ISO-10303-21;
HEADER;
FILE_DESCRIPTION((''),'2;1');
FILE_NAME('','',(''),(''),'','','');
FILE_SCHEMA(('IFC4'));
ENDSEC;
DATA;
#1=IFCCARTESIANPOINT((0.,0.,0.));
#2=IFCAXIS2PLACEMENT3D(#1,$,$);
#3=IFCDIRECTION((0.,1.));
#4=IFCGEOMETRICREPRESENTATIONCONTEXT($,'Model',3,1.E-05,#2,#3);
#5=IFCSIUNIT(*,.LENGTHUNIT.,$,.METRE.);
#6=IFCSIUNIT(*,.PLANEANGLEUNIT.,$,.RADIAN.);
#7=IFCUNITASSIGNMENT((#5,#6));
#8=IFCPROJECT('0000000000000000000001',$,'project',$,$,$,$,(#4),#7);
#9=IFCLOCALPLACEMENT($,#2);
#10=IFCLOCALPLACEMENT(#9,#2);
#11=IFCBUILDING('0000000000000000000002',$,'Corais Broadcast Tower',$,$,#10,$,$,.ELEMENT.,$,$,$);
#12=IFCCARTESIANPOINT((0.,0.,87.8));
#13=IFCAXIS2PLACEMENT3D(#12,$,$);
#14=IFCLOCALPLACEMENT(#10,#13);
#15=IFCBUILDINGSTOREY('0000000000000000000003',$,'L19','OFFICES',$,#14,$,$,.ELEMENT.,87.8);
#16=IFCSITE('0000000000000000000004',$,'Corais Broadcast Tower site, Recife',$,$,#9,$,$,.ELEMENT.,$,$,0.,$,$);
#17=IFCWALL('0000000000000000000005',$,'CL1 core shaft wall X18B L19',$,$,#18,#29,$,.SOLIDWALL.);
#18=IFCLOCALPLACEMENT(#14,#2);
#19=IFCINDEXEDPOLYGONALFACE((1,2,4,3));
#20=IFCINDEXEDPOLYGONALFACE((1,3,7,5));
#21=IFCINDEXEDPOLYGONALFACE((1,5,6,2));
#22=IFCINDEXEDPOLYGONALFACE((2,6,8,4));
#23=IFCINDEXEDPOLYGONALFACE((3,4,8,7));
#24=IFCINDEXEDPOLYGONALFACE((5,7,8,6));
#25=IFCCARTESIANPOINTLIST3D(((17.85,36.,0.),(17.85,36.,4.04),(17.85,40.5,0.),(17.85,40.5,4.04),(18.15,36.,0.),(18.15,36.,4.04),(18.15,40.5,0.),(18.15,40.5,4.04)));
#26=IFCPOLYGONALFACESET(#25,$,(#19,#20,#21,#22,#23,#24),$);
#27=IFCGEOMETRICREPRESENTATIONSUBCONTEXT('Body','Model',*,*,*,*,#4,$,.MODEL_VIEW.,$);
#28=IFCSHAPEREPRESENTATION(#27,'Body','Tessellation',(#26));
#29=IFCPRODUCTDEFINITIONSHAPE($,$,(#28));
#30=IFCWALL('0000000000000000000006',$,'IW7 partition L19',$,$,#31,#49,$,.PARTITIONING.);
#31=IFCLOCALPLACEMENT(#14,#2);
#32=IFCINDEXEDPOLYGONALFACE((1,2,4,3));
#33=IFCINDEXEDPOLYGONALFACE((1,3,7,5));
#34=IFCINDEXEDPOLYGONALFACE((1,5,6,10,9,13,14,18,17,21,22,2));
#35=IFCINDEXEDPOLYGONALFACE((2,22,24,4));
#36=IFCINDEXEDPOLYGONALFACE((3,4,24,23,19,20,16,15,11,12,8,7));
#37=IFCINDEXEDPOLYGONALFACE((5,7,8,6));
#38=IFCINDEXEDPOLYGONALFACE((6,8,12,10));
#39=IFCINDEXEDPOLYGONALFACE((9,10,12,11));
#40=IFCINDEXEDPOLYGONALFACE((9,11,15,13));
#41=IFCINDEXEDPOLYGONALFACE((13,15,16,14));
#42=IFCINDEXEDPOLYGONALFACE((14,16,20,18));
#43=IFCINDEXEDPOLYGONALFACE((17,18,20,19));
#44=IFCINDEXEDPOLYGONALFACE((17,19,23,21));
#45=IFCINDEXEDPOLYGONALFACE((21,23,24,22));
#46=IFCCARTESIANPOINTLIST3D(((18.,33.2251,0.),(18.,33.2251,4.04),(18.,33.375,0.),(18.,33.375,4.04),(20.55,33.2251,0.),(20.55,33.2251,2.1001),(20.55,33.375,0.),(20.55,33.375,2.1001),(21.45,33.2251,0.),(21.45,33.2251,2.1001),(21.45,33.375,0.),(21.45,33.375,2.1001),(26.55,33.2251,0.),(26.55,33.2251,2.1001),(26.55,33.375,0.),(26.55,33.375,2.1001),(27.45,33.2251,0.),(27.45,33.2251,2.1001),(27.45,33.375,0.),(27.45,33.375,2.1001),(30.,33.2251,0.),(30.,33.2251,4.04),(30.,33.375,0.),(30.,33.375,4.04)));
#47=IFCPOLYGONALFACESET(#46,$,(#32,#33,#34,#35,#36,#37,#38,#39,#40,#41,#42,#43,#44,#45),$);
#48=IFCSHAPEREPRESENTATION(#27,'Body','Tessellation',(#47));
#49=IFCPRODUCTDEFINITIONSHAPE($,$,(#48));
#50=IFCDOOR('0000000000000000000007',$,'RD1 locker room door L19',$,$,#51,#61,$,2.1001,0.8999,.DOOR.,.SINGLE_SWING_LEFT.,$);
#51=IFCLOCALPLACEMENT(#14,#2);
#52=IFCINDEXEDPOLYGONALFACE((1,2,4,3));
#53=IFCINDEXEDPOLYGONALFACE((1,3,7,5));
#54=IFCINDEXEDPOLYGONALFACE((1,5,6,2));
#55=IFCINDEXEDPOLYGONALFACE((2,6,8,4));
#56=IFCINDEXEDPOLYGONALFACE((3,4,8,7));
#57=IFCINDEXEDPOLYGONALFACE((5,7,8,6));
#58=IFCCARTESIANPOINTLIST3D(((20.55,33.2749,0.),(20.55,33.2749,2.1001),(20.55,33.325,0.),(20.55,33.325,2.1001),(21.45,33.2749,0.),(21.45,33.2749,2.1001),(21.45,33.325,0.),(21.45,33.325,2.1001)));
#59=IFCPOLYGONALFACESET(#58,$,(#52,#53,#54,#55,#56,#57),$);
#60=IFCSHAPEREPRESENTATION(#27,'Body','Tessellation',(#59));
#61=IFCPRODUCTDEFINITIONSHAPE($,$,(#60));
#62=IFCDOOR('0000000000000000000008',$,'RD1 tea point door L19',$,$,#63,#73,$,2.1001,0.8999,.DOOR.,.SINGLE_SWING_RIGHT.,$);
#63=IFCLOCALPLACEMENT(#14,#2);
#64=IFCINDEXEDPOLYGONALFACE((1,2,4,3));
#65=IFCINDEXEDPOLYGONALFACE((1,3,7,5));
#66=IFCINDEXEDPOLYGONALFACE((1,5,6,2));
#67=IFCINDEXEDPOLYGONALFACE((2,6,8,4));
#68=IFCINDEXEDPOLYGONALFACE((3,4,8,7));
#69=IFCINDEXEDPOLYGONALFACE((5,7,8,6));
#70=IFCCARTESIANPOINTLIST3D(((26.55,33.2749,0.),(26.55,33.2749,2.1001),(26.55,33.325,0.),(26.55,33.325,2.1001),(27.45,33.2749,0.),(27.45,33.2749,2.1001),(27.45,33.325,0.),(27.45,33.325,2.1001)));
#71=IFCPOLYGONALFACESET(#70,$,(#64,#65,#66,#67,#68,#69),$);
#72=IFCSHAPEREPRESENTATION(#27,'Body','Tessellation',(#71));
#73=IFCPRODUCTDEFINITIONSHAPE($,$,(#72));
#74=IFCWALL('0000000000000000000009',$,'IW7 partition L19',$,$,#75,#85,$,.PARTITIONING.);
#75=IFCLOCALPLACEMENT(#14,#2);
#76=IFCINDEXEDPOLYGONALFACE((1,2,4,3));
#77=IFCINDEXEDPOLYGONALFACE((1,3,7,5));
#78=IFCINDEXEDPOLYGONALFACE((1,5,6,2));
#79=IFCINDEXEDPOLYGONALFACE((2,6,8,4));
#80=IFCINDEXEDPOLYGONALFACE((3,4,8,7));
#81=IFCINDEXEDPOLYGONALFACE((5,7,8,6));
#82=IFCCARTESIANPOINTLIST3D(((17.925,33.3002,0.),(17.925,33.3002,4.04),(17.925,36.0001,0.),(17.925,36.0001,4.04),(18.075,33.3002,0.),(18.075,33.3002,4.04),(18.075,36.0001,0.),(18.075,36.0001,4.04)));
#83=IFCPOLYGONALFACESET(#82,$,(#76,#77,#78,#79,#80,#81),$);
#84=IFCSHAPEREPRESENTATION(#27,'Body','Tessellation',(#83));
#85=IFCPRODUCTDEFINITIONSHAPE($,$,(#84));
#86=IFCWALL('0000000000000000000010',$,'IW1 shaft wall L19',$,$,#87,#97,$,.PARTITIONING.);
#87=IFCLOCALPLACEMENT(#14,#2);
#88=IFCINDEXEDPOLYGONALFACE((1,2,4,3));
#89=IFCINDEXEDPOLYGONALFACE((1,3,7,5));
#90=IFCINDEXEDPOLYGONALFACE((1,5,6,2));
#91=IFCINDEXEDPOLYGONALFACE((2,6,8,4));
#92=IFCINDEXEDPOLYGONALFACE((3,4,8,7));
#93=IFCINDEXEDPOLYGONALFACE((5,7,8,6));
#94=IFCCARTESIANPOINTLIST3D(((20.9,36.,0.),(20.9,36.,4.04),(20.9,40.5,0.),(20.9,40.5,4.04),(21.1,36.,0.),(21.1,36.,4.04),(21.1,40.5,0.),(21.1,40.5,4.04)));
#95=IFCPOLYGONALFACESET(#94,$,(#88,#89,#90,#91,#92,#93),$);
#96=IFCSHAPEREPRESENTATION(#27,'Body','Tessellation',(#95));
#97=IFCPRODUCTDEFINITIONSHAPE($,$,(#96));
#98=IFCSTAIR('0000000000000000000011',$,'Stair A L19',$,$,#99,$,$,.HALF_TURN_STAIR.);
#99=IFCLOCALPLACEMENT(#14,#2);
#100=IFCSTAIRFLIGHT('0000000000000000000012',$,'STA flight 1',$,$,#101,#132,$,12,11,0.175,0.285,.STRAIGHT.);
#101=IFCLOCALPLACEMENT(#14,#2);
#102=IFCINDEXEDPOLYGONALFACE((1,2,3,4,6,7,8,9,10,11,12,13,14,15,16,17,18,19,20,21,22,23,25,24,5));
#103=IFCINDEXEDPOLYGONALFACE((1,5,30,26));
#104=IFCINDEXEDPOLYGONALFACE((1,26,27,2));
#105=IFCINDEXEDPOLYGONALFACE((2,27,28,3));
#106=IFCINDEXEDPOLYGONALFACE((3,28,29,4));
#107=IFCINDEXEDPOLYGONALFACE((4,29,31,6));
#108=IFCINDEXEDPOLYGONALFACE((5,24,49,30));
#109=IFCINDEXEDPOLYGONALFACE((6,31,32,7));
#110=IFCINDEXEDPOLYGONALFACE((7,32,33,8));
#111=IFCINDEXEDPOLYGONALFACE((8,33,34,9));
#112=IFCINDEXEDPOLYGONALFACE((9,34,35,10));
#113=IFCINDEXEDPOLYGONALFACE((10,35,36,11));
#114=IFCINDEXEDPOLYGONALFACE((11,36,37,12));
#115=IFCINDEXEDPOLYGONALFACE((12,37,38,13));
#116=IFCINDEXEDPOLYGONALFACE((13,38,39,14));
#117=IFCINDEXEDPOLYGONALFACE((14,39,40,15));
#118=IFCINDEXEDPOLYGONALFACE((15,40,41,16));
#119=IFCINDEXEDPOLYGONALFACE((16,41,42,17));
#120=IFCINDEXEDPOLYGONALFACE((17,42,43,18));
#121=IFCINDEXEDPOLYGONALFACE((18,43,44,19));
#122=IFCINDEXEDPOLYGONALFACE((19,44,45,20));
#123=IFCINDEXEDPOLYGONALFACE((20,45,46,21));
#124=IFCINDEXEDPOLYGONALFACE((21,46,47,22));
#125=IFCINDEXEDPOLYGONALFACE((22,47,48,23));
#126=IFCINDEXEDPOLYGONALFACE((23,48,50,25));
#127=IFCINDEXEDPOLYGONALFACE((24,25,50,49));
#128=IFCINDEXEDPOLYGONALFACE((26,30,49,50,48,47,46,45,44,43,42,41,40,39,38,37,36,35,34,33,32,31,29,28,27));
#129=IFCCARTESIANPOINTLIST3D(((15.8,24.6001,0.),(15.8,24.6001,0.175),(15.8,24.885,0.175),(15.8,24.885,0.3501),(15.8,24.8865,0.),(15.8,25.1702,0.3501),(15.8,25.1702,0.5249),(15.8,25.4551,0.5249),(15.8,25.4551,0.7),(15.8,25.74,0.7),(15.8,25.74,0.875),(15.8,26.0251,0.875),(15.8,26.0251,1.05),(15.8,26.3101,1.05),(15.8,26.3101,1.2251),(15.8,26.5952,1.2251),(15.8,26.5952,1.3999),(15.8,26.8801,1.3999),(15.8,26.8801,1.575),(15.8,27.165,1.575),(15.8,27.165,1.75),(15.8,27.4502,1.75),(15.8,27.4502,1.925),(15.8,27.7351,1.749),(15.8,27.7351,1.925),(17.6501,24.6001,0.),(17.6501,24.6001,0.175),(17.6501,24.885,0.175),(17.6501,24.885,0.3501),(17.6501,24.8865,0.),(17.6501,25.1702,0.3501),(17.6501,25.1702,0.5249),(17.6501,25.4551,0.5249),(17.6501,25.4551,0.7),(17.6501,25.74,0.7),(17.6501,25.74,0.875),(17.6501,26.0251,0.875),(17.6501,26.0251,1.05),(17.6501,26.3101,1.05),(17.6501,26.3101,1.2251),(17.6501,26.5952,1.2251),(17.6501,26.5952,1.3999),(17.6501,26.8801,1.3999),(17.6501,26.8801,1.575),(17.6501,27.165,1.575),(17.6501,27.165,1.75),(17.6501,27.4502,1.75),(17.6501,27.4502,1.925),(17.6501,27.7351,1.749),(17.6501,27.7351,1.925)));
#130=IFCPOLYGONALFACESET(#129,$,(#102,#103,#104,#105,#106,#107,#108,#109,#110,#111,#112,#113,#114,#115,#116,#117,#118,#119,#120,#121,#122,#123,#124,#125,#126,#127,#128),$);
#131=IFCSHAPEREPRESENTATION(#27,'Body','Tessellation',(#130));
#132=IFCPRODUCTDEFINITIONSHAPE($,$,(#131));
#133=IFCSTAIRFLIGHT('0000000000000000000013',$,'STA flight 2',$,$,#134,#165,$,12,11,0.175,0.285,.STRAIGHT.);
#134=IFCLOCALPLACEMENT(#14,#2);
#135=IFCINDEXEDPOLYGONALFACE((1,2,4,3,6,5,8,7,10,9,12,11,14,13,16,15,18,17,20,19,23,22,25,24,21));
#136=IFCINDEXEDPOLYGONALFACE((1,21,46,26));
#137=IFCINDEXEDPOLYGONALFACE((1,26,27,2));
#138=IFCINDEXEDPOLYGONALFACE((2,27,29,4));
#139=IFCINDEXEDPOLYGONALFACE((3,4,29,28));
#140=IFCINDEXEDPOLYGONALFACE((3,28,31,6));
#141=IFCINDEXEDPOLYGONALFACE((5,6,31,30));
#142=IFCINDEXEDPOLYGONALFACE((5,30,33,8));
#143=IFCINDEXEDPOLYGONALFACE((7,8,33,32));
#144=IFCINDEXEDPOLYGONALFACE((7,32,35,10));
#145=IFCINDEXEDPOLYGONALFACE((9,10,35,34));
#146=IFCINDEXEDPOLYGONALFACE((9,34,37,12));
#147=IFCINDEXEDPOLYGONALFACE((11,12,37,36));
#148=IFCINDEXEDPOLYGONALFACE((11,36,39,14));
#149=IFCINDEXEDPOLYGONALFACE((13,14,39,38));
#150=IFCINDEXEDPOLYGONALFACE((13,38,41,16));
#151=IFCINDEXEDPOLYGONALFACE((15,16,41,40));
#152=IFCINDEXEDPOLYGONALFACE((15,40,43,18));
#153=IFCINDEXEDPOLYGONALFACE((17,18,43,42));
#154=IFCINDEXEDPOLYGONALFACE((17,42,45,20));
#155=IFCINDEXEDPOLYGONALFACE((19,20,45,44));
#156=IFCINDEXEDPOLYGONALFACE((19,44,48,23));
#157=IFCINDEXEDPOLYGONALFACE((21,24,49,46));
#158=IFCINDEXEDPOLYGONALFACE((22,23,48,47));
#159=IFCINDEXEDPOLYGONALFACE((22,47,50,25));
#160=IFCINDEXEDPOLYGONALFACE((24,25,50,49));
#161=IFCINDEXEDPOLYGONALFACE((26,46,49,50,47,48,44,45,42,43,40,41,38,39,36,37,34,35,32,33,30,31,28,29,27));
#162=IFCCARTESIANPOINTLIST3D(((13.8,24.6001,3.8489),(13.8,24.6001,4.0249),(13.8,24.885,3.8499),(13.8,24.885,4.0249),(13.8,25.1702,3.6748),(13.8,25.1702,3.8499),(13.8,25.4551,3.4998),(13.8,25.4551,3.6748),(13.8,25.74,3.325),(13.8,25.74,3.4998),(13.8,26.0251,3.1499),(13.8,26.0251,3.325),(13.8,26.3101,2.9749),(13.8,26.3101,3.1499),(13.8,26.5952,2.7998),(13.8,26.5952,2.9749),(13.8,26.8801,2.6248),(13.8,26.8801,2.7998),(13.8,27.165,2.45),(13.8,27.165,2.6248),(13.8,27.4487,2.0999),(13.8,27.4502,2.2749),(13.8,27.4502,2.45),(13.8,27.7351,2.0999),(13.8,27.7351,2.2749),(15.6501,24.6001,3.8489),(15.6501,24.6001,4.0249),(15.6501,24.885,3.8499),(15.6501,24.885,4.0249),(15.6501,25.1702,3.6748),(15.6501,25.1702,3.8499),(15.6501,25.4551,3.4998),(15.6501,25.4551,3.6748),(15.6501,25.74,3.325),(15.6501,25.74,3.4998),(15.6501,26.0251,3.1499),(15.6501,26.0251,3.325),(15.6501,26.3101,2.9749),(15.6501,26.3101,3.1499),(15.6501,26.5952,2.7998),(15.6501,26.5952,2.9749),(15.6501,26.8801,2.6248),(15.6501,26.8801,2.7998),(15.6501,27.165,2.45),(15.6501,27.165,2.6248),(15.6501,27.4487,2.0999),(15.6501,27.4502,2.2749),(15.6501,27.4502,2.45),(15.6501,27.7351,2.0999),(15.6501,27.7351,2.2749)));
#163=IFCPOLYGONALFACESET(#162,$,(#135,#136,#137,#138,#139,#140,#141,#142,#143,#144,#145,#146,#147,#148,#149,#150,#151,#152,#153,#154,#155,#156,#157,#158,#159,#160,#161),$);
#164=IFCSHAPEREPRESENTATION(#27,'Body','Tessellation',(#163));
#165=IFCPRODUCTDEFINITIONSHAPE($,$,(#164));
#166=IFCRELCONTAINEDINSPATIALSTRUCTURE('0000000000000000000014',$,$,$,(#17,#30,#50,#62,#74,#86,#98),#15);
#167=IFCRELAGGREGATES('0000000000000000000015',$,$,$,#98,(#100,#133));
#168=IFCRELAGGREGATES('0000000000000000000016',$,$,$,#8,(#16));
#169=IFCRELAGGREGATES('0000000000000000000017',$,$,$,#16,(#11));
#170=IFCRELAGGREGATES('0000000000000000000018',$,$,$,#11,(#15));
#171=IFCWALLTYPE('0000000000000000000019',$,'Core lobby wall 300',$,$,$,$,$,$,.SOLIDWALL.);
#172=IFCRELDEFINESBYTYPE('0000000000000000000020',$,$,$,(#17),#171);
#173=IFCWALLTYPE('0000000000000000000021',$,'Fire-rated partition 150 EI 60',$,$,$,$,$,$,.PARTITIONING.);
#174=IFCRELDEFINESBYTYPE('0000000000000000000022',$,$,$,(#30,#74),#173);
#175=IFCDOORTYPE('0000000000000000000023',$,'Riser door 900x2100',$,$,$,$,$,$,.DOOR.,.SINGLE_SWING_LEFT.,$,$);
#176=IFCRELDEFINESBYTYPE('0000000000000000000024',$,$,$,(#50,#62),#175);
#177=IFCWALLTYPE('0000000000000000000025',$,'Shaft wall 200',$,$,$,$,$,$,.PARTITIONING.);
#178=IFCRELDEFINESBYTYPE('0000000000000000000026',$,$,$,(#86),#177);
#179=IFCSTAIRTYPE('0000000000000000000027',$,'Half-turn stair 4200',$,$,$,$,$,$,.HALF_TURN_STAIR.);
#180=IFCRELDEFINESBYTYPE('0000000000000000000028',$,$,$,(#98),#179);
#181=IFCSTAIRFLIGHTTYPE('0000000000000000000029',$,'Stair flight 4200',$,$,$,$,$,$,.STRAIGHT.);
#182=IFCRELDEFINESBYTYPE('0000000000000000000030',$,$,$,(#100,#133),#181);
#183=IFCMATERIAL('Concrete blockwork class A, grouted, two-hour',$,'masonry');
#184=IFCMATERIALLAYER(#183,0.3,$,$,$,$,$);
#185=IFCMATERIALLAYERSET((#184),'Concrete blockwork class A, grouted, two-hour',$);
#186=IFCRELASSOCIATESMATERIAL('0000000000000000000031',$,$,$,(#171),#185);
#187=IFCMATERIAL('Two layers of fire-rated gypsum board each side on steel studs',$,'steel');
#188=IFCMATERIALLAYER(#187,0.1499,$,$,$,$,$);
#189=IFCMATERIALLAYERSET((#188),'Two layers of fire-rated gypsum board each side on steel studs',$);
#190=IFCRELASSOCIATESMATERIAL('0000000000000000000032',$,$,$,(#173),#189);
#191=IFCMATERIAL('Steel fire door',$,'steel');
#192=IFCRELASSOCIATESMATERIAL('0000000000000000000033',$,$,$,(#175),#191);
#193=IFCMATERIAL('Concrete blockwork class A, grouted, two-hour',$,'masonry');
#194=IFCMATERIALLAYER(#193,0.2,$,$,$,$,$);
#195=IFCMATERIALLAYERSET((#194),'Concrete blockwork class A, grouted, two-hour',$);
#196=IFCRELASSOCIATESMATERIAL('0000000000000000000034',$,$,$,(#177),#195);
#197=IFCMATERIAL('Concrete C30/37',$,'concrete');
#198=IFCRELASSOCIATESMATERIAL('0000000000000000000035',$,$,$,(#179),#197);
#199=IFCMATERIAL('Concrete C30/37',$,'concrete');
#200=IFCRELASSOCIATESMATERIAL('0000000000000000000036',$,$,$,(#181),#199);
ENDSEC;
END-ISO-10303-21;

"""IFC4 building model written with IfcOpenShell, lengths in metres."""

from ifc_helpers import new_model, si_unit, direction, frame, frame_2d, origin, place, context, subcontext, project, spatial, polyline, rectangle, outline, extrude, material, layer, layer_set, type_object, element, fill, aggregate, save


model = new_model("IFC4")

# Units and contexts
model_context = context("Model", 3, precision=1e-05, world=origin(), true_north=direction((0.0, 1.0)))
body_context = subcontext(model_context, "Body", "Model", "MODEL_VIEW")
ifc_project = project(units=[si_unit("LENGTHUNIT", "METRE"), si_unit("PLANEANGLEUNIT", "RADIAN")], contexts=[model_context])

# Site, building, storey
site_placement = place(None, origin())
site = spatial("IfcSite", under=ifc_project, at=site_placement, Name="Corais Broadcast Tower site, Recife", CompositionType="ELEMENT", RefElevation=0.0)
building_placement = place(site_placement, origin())
building = spatial("IfcBuilding", under=site, at=building_placement, Name="Corais Broadcast Tower", CompositionType="ELEMENT")
storey_placement = place(building_placement, frame((0.0, 0.0, 87.8)))
storey = spatial("IfcBuildingStorey", under=building, at=storey_placement, Name="L19", Description="OFFICES", CompositionType="ELEMENT", Elevation=87.8)

# Wall
ifc_material_1 = material(Name="Concrete blockwork class A, grouted, two-hour", Category="masonry")
ifc_layer_1 = layer(ifc_material_1, 0.3)
ifc_layer_set_1 = layer_set([ifc_layer_1], Name="Concrete blockwork class A, grouted, two-hour")
wall_type_1 = type_object("IfcWallType", Name="Core lobby wall 300", PredefinedType="SOLIDWALL", material=ifc_layer_set_1)
wall_1_placement = place(storey_placement, frame((18.0, 36.0, 0.0), z_axis=(0.0, 0.0, 1.0), x_axis=(0.0, 1.0, 0.0)))
element("IfcWall", 1, at=wall_1_placement, inside=storey, type_object=wall_type_1, Name="CL1 core shaft wall X18B L19", PredefinedType="SOLIDWALL", context=body_context, shape_type="SweptSolid", body=[
    extrude(rectangle(XDim=4.5, YDim=0.3, at=frame_2d((2.25, 0.0))), origin(), (0.0, 0.0, 1.0), 4.04),
])

# Wall, openings, doors
ifc_material_2 = material(Name="Two layers of fire-rated gypsum board each side on steel studs", Category="steel")
ifc_layer_2 = layer(ifc_material_2, 0.1499)
ifc_layer_set_2 = layer_set([ifc_layer_2], Name="Two layers of fire-rated gypsum board each side on steel studs")
wall_type_2 = type_object("IfcWallType", Name="Fire-rated partition 150 EI 60", PredefinedType="PARTITIONING", material=ifc_layer_set_2)
wall_2_placement = place(storey_placement, frame((18.0, 33.3, 0.0), z_axis=(0.0, 0.0, 1.0), x_axis=(1.0, 0.0, 0.0)))
wall_2 = element("IfcWall", 2, at=wall_2_placement, inside=storey, type_object=wall_type_2, Name="IW7 partition L19", PredefinedType="PARTITIONING", context=body_context, shape_type="SweptSolid", body=[
    extrude(rectangle(XDim=12.0, YDim=0.1499, at=frame_2d((6.0, 0.0))), origin(), (0.0, 0.0, 1.0), 4.04),
])
opening_1_placement = place(wall_2_placement, frame((2.55, 0.0, 0.0)))
opening_1 = element("IfcOpeningElement", 3, at=opening_1_placement, cuts=wall_2, PredefinedType="OPENING", context=body_context, shape_type="SweptSolid", body=[
    extrude(rectangle(XDim=0.8999, YDim=2.1001, at=frame_2d((0.45, 1.05))), frame((0.0, 0.085, 0.0), z_axis=(0.0, -1.0, 0.0), x_axis=(1.0, 0.0, 0.0)), (0.0, 0.0, 1.0), 0.1699),
])
opening_2_placement = place(wall_2_placement, frame((8.55, 0.0, 0.0)))
opening_2 = element("IfcOpeningElement", 4, at=opening_2_placement, cuts=wall_2, PredefinedType="OPENING", context=body_context, shape_type="SweptSolid", body=[
    extrude(rectangle(XDim=0.8999, YDim=2.1001, at=frame_2d((0.45, 1.05))), frame((0.0, 0.085, 0.0), z_axis=(0.0, -1.0, 0.0), x_axis=(1.0, 0.0, 0.0)), (0.0, 0.0, 1.0), 0.1699),
])
ifc_material_3 = material(Name="Steel fire door", Category="steel")
door_type = type_object("IfcDoorType", Name="Riser door 900x2100", OperationType="SINGLE_SWING_LEFT", PredefinedType="DOOR", material=ifc_material_3)
door_1_placement = place(opening_1_placement, origin())
door_1 = element("IfcDoor", 5, at=door_1_placement, inside=storey, type_object=door_type, Name="RD1 locker room door L19", OperationType="SINGLE_SWING_LEFT", OverallHeight=2.1001, OverallWidth=0.8999, PredefinedType="DOOR", context=body_context, shape_type="SweptSolid", body=[
    extrude(rectangle(XDim=0.8999, YDim=2.1001, at=frame_2d((0.45, 1.05))), frame((0.0, 0.0249, 0.0), z_axis=(0.0, -1.0, 0.0), x_axis=(1.0, 0.0, 0.0)), (0.0, 0.0, 1.0), 0.05),
])
fill(opening_1, door_1)
door_2_placement = place(opening_2_placement, origin())
door_2 = element("IfcDoor", 6, at=door_2_placement, inside=storey, type_object=door_type, Name="RD1 tea point door L19", OperationType="SINGLE_SWING_RIGHT", OverallHeight=2.1001, OverallWidth=0.8999, PredefinedType="DOOR", context=body_context, shape_type="SweptSolid", body=[
    extrude(rectangle(XDim=0.8999, YDim=2.1001, at=frame_2d((0.45, 1.05))), frame((0.0, 0.0249, 0.0), z_axis=(0.0, -1.0, 0.0), x_axis=(1.0, 0.0, 0.0)), (0.0, 0.0, 1.0), 0.05),
])
fill(opening_2, door_2)

# Walls
wall_3_placement = place(storey_placement, frame((18.0, 33.3, 0.0), z_axis=(0.0, 0.0, 1.0), x_axis=(0.0, 1.0, 0.0)))
element("IfcWall", 7, at=wall_3_placement, inside=storey, type_object=wall_type_2, Name="IW7 partition L19", PredefinedType="PARTITIONING", context=body_context, shape_type="SweptSolid", body=[
    extrude(rectangle(XDim=2.7, YDim=0.1499, at=frame_2d((1.3501, 0.0))), origin(), (0.0, 0.0, 1.0), 4.04),
])
ifc_material_4 = material(Name="Concrete blockwork class A, grouted, two-hour", Category="masonry")
ifc_layer_3 = layer(ifc_material_4, 0.2)
ifc_layer_set_3 = layer_set([ifc_layer_3], Name="Concrete blockwork class A, grouted, two-hour")
wall_type_3 = type_object("IfcWallType", Name="Shaft wall 200", PredefinedType="PARTITIONING", material=ifc_layer_set_3)
wall_4_placement = place(storey_placement, frame((21.0, 36.0, 0.0), z_axis=(0.0, 0.0, 1.0), x_axis=(0.0, 1.0, 0.0)))
element("IfcWall", 8, at=wall_4_placement, inside=storey, type_object=wall_type_3, Name="IW1 shaft wall L19", PredefinedType="PARTITIONING", context=body_context, shape_type="SweptSolid", body=[
    extrude(rectangle(XDim=4.5, YDim=0.2, at=frame_2d((2.25, 0.0))), origin(), (0.0, 0.0, 1.0), 4.04),
])

# Stair, stair flights
ifc_material_5 = material(Name="Concrete C30/37", Category="concrete")
stair_type = type_object("IfcStairType", Name="Half-turn stair 4200", PredefinedType="HALF_TURN_STAIR", material=ifc_material_5)
stair_placement = place(storey_placement, origin())
stair = element("IfcStair", 9, at=stair_placement, inside=storey, type_object=stair_type, Name="Stair A L19", PredefinedType="HALF_TURN_STAIR")
ifc_material_6 = material(Name="Concrete C30/37", Category="concrete")
stair_flight_type = type_object("IfcStairFlightType", Name="Stair flight 4200", PredefinedType="STRAIGHT", material=ifc_material_6)
stair_flight_1_placement = place(storey_placement, frame((16.7251, 24.6001, 0.0), z_axis=(0.0, 0.0, 1.0), x_axis=(0.0, 1.0, 0.0)))
stair_flight_1 = element("IfcStairFlight", 10, at=stair_flight_1_placement, type_object=stair_flight_type, Name="STA flight 1", NumberOfRisers=12, NumberOfTreads=11, PredefinedType="STRAIGHT", RiserHeight=0.175, TreadLength=0.285, context=body_context, shape_type="SweptSolid", body=[
    extrude(outline(polyline([(0.0, 0.0), (0.0, 0.175), (0.2849, 0.175), (0.2849, 0.3501), (0.5701, 0.3501), (0.5701, 0.5249), (0.855, 0.5249), (0.855, 0.7), (1.1399, 0.7), (1.1399, 0.875), (1.425, 0.875), (1.425, 1.05), (1.71, 1.05), (1.71, 1.2251), (1.9951, 1.2251), (1.9951, 1.3999), (2.28, 1.3999), (2.28, 1.575), (2.5649, 1.575), (2.5649, 1.75), (2.8501, 1.75), (2.8501, 1.925), (3.135, 1.925), (3.135, 2.1001), (3.135, 1.749), (0.2864, 0.0), (0.0, 0.0)])), frame((0.0, 0.925, 0.0), z_axis=(0.0, -1.0, 0.0), x_axis=(1.0, 0.0, 0.0)), (0.0, 0.0, 1.0), 1.8501),
])
stair_flight_2_placement = place(storey_placement, frame((14.7251, 27.7351, 2.0999), z_axis=(0.0, 0.0, 1.0), x_axis=(0.0, -1.0, 0.0)))
stair_flight_2 = element("IfcStairFlight", 11, at=stair_flight_2_placement, type_object=stair_flight_type, Name="STA flight 2", NumberOfRisers=12, NumberOfTreads=11, PredefinedType="STRAIGHT", RiserHeight=0.175, TreadLength=0.285, context=body_context, shape_type="SweptSolid", body=[
    extrude(outline(polyline([(0.0, 0.0), (0.0, 0.175), (0.2849, 0.175), (0.2849, 0.3501), (0.5701, 0.3501), (0.5701, 0.5249), (0.855, 0.5249), (0.855, 0.7), (1.1399, 0.7), (1.1399, 0.875), (1.425, 0.875), (1.425, 1.05), (1.71, 1.05), (1.71, 1.2251), (1.9951, 1.2251), (1.9951, 1.3999), (2.28, 1.3999), (2.28, 1.575), (2.5649, 1.575), (2.5649, 1.75), (2.8501, 1.75), (2.8501, 1.925), (3.135, 1.925), (3.135, 2.1001), (3.135, 1.749), (0.2864, 0.0), (0.0, 0.0)])), frame((0.0, 0.925, 0.0), z_axis=(0.0, -1.0, 0.0), x_axis=(1.0, 0.0, 0.0)), (0.0, 0.0, 1.0), 1.8501),
])
aggregate(stair, [stair_flight_1, stair_flight_2])

save(model, "model.ifc")
